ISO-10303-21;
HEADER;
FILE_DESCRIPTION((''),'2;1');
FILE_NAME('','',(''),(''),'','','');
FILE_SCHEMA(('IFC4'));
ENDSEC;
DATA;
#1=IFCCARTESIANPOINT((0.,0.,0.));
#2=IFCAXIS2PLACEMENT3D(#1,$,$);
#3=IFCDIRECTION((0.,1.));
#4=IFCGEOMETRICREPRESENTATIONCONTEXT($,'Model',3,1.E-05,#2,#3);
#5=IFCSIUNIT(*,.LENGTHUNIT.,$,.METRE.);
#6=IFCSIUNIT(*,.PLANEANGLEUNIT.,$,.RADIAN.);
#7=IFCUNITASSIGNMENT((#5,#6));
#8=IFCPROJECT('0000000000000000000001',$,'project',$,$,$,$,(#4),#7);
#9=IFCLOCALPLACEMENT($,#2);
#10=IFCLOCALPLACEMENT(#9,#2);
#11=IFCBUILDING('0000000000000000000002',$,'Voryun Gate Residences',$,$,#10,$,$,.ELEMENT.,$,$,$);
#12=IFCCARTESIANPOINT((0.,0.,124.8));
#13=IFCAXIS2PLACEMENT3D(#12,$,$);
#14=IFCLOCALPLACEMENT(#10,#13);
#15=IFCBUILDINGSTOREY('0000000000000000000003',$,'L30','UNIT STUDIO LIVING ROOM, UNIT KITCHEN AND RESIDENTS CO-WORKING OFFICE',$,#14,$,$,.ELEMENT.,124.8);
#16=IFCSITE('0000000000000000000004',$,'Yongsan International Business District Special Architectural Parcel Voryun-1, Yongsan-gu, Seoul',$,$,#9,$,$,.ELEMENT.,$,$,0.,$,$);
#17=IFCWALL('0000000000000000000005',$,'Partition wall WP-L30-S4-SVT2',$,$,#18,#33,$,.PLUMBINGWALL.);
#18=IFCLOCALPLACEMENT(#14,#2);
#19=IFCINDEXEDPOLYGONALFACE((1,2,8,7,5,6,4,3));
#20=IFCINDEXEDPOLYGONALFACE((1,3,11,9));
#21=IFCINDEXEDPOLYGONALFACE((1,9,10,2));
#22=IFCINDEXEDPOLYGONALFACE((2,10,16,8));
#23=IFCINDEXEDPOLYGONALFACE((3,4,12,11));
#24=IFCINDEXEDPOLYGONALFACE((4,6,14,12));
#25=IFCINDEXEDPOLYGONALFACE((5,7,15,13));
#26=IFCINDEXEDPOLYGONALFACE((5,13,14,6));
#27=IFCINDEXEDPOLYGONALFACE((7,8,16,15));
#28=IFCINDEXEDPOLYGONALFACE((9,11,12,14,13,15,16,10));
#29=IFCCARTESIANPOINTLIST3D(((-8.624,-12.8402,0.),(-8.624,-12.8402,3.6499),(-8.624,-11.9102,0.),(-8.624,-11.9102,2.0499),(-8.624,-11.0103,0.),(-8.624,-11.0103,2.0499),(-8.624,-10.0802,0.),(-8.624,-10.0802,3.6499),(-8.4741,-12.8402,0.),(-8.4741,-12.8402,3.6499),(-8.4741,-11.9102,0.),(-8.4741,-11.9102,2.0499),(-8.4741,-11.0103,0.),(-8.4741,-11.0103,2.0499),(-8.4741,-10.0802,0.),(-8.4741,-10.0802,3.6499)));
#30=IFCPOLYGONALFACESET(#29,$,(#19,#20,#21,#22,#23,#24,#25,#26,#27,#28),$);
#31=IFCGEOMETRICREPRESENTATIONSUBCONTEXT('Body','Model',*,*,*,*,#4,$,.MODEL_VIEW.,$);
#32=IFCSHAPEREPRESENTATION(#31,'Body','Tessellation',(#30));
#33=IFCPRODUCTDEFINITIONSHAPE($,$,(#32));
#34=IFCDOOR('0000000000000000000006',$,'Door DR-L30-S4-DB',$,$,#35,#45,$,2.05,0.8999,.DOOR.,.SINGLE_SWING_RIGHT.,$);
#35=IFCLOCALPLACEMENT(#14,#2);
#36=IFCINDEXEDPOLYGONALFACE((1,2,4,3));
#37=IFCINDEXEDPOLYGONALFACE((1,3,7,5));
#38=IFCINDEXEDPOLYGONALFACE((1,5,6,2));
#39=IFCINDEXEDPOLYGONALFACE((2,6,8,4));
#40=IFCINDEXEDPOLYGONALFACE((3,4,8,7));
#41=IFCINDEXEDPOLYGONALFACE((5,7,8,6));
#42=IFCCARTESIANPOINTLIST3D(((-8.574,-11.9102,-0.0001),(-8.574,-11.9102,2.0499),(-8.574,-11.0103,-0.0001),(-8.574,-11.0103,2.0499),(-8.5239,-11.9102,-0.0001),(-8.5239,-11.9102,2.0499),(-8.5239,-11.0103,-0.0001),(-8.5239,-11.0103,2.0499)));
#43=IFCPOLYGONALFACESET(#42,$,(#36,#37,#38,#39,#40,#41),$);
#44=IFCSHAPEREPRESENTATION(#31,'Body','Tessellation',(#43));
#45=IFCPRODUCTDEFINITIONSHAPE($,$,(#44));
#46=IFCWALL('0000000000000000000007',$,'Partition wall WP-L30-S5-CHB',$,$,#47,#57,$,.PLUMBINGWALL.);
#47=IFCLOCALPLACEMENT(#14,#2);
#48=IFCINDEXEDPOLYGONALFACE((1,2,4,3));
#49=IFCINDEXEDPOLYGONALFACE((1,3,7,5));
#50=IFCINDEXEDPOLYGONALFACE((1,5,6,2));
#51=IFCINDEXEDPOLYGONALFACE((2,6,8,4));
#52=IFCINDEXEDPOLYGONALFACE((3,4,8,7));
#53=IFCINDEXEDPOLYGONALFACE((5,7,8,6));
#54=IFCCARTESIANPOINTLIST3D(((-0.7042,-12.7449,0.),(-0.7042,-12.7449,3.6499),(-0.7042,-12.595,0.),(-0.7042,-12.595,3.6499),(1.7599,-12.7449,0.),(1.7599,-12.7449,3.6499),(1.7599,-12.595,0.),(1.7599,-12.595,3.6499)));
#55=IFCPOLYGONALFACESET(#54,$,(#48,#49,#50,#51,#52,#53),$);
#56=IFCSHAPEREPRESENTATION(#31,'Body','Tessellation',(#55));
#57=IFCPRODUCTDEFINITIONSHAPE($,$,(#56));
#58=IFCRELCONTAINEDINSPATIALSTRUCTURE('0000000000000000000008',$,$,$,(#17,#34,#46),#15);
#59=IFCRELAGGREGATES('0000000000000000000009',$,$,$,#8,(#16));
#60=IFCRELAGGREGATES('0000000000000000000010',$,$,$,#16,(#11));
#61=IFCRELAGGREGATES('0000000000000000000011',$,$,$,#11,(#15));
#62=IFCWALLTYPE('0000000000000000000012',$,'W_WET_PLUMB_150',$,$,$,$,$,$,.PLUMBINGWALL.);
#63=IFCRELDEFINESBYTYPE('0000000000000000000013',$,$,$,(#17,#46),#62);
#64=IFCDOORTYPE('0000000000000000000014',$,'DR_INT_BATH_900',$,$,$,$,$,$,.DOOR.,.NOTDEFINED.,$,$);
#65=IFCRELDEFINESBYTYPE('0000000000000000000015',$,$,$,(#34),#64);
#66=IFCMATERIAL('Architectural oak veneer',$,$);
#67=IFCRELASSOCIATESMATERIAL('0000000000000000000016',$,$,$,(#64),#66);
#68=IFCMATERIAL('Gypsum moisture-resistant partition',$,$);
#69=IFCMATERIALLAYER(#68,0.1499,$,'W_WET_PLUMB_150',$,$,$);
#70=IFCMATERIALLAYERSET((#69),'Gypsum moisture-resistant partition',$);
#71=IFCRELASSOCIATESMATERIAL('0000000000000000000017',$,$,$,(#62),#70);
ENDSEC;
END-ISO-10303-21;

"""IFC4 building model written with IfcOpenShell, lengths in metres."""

from ifc_helpers import new_model, si_unit, direction, frame, frame_2d, origin, place, context, subcontext, project, spatial, rectangle, extrude, material, layer, layer_set, type_object, element, fill, save


model = new_model("IFC4")

# Units and contexts
model_context = context("Model", 3, precision=1e-05, world=origin(), true_north=direction((0.0, 1.0)))
body_context = subcontext(model_context, "Body", "Model", "MODEL_VIEW")
ifc_project = project(units=[si_unit("LENGTHUNIT", "METRE"), si_unit("PLANEANGLEUNIT", "RADIAN")], contexts=[model_context])

# Site, building, storey
site_placement = place(None, origin())
site = spatial("IfcSite", under=ifc_project, at=site_placement, Name="Yongsan International Business District Special Architectural Parcel Voryun-1, Yongsan-gu, Seoul", CompositionType="ELEMENT", RefElevation=0.0)
building_placement = place(site_placement, origin())
building = spatial("IfcBuilding", under=site, at=building_placement, Name="Voryun Gate Residences", CompositionType="ELEMENT")
storey_placement = place(building_placement, frame((0.0, 0.0, 124.8)))
storey = spatial("IfcBuildingStorey", under=building, at=storey_placement, Name="L30", Description="UNIT STUDIO LIVING ROOM, UNIT KITCHEN AND RESIDENTS CO-WORKING OFFICE", CompositionType="ELEMENT", Elevation=124.8)

# Shared definitions
ifc_material_1 = material(Name="Architectural oak veneer")
door_type_1 = type_object("IfcDoorType", Name="DR_INT_BATH_900", OperationType="NOTDEFINED", PredefinedType="DOOR", material=ifc_material_1)

# Shared definitions
ifc_material_2 = material(Name="Gypsum moisture-resistant partition")
ifc_layer_1 = layer(ifc_material_2, 0.1499, Name="W_WET_PLUMB_150")
ifc_layer_set_1 = layer_set([ifc_layer_1], Name="Gypsum moisture-resistant partition")
wall_type_1 = type_object("IfcWallType", Name="W_WET_PLUMB_150", PredefinedType="PLUMBINGWALL", material=ifc_layer_set_1)

# Wall, opening, door
wall_1_placement = place(storey_placement, frame((-8.5491, -12.8401, 0.0), z_axis=(0.0, 0.0, 1.0), x_axis=(0.0, 1.0, 0.0)))
wall_1 = element("IfcWall", 1, at=wall_1_placement, inside=storey, type_object=wall_type_1, Name="Partition wall WP-L30-S4-SVT2", PredefinedType="PLUMBINGWALL", context=body_context, shape_type="SweptSolid", body=[
    extrude(rectangle(XDim=2.76, YDim=0.1499, at=frame_2d((1.3799, 0.0))), origin(), (0.0, 0.0, 1.0), 3.6499),
])
opening_1_placement = place(wall_1_placement, frame((0.9299, 0.0, 0.0)))
opening_1 = element("IfcOpeningElement", 2, at=opening_1_placement, cuts=wall_1, PredefinedType="OPENING", context=body_context, shape_type="SweptSolid", body=[
    extrude(rectangle(XDim=0.8999, YDim=2.05, at=frame_2d((0.45, 1.0249))), frame((0.0, 0.085, 0.0), z_axis=(0.0, -1.0, 0.0), x_axis=(1.0, 0.0, 0.0)), (0.0, 0.0, 1.0), 0.1699),
])
door_1_placement = place(opening_1_placement, origin())
door_1 = element("IfcDoor", 3, at=door_1_placement, inside=storey, type_object=door_type_1, Name="Door DR-L30-S4-DB", OperationType="SINGLE_SWING_RIGHT", OverallHeight=2.05, OverallWidth=0.8999, PredefinedType="DOOR", context=body_context, shape_type="SweptSolid", body=[
    extrude(rectangle(XDim=0.8999, YDim=2.05, at=frame_2d((0.45, 1.0249))), frame((0.0, 0.0249, 0.0), z_axis=(0.0, -1.0, 0.0), x_axis=(1.0, 0.0, 0.0)), (0.0, 0.0, 1.0), 0.05),
])
fill(opening_1, door_1)

# Wall
wall_2_placement = place(storey_placement, frame((-0.7041, -12.6699, 0.0), z_axis=(0.0, 0.0, 1.0), x_axis=(1.0, 0.0, 0.0)))
element("IfcWall", 4, at=wall_2_placement, inside=storey, type_object=wall_type_1, Name="Partition wall WP-L30-S5-CHB", PredefinedType="PLUMBINGWALL", context=body_context, shape_type="SweptSolid", body=[
    extrude(rectangle(XDim=2.4641, YDim=0.1499, at=frame_2d((1.2319, 0.0))), origin(), (0.0, 0.0, 1.0), 3.6499),
])

save(model, "model.ifc")
